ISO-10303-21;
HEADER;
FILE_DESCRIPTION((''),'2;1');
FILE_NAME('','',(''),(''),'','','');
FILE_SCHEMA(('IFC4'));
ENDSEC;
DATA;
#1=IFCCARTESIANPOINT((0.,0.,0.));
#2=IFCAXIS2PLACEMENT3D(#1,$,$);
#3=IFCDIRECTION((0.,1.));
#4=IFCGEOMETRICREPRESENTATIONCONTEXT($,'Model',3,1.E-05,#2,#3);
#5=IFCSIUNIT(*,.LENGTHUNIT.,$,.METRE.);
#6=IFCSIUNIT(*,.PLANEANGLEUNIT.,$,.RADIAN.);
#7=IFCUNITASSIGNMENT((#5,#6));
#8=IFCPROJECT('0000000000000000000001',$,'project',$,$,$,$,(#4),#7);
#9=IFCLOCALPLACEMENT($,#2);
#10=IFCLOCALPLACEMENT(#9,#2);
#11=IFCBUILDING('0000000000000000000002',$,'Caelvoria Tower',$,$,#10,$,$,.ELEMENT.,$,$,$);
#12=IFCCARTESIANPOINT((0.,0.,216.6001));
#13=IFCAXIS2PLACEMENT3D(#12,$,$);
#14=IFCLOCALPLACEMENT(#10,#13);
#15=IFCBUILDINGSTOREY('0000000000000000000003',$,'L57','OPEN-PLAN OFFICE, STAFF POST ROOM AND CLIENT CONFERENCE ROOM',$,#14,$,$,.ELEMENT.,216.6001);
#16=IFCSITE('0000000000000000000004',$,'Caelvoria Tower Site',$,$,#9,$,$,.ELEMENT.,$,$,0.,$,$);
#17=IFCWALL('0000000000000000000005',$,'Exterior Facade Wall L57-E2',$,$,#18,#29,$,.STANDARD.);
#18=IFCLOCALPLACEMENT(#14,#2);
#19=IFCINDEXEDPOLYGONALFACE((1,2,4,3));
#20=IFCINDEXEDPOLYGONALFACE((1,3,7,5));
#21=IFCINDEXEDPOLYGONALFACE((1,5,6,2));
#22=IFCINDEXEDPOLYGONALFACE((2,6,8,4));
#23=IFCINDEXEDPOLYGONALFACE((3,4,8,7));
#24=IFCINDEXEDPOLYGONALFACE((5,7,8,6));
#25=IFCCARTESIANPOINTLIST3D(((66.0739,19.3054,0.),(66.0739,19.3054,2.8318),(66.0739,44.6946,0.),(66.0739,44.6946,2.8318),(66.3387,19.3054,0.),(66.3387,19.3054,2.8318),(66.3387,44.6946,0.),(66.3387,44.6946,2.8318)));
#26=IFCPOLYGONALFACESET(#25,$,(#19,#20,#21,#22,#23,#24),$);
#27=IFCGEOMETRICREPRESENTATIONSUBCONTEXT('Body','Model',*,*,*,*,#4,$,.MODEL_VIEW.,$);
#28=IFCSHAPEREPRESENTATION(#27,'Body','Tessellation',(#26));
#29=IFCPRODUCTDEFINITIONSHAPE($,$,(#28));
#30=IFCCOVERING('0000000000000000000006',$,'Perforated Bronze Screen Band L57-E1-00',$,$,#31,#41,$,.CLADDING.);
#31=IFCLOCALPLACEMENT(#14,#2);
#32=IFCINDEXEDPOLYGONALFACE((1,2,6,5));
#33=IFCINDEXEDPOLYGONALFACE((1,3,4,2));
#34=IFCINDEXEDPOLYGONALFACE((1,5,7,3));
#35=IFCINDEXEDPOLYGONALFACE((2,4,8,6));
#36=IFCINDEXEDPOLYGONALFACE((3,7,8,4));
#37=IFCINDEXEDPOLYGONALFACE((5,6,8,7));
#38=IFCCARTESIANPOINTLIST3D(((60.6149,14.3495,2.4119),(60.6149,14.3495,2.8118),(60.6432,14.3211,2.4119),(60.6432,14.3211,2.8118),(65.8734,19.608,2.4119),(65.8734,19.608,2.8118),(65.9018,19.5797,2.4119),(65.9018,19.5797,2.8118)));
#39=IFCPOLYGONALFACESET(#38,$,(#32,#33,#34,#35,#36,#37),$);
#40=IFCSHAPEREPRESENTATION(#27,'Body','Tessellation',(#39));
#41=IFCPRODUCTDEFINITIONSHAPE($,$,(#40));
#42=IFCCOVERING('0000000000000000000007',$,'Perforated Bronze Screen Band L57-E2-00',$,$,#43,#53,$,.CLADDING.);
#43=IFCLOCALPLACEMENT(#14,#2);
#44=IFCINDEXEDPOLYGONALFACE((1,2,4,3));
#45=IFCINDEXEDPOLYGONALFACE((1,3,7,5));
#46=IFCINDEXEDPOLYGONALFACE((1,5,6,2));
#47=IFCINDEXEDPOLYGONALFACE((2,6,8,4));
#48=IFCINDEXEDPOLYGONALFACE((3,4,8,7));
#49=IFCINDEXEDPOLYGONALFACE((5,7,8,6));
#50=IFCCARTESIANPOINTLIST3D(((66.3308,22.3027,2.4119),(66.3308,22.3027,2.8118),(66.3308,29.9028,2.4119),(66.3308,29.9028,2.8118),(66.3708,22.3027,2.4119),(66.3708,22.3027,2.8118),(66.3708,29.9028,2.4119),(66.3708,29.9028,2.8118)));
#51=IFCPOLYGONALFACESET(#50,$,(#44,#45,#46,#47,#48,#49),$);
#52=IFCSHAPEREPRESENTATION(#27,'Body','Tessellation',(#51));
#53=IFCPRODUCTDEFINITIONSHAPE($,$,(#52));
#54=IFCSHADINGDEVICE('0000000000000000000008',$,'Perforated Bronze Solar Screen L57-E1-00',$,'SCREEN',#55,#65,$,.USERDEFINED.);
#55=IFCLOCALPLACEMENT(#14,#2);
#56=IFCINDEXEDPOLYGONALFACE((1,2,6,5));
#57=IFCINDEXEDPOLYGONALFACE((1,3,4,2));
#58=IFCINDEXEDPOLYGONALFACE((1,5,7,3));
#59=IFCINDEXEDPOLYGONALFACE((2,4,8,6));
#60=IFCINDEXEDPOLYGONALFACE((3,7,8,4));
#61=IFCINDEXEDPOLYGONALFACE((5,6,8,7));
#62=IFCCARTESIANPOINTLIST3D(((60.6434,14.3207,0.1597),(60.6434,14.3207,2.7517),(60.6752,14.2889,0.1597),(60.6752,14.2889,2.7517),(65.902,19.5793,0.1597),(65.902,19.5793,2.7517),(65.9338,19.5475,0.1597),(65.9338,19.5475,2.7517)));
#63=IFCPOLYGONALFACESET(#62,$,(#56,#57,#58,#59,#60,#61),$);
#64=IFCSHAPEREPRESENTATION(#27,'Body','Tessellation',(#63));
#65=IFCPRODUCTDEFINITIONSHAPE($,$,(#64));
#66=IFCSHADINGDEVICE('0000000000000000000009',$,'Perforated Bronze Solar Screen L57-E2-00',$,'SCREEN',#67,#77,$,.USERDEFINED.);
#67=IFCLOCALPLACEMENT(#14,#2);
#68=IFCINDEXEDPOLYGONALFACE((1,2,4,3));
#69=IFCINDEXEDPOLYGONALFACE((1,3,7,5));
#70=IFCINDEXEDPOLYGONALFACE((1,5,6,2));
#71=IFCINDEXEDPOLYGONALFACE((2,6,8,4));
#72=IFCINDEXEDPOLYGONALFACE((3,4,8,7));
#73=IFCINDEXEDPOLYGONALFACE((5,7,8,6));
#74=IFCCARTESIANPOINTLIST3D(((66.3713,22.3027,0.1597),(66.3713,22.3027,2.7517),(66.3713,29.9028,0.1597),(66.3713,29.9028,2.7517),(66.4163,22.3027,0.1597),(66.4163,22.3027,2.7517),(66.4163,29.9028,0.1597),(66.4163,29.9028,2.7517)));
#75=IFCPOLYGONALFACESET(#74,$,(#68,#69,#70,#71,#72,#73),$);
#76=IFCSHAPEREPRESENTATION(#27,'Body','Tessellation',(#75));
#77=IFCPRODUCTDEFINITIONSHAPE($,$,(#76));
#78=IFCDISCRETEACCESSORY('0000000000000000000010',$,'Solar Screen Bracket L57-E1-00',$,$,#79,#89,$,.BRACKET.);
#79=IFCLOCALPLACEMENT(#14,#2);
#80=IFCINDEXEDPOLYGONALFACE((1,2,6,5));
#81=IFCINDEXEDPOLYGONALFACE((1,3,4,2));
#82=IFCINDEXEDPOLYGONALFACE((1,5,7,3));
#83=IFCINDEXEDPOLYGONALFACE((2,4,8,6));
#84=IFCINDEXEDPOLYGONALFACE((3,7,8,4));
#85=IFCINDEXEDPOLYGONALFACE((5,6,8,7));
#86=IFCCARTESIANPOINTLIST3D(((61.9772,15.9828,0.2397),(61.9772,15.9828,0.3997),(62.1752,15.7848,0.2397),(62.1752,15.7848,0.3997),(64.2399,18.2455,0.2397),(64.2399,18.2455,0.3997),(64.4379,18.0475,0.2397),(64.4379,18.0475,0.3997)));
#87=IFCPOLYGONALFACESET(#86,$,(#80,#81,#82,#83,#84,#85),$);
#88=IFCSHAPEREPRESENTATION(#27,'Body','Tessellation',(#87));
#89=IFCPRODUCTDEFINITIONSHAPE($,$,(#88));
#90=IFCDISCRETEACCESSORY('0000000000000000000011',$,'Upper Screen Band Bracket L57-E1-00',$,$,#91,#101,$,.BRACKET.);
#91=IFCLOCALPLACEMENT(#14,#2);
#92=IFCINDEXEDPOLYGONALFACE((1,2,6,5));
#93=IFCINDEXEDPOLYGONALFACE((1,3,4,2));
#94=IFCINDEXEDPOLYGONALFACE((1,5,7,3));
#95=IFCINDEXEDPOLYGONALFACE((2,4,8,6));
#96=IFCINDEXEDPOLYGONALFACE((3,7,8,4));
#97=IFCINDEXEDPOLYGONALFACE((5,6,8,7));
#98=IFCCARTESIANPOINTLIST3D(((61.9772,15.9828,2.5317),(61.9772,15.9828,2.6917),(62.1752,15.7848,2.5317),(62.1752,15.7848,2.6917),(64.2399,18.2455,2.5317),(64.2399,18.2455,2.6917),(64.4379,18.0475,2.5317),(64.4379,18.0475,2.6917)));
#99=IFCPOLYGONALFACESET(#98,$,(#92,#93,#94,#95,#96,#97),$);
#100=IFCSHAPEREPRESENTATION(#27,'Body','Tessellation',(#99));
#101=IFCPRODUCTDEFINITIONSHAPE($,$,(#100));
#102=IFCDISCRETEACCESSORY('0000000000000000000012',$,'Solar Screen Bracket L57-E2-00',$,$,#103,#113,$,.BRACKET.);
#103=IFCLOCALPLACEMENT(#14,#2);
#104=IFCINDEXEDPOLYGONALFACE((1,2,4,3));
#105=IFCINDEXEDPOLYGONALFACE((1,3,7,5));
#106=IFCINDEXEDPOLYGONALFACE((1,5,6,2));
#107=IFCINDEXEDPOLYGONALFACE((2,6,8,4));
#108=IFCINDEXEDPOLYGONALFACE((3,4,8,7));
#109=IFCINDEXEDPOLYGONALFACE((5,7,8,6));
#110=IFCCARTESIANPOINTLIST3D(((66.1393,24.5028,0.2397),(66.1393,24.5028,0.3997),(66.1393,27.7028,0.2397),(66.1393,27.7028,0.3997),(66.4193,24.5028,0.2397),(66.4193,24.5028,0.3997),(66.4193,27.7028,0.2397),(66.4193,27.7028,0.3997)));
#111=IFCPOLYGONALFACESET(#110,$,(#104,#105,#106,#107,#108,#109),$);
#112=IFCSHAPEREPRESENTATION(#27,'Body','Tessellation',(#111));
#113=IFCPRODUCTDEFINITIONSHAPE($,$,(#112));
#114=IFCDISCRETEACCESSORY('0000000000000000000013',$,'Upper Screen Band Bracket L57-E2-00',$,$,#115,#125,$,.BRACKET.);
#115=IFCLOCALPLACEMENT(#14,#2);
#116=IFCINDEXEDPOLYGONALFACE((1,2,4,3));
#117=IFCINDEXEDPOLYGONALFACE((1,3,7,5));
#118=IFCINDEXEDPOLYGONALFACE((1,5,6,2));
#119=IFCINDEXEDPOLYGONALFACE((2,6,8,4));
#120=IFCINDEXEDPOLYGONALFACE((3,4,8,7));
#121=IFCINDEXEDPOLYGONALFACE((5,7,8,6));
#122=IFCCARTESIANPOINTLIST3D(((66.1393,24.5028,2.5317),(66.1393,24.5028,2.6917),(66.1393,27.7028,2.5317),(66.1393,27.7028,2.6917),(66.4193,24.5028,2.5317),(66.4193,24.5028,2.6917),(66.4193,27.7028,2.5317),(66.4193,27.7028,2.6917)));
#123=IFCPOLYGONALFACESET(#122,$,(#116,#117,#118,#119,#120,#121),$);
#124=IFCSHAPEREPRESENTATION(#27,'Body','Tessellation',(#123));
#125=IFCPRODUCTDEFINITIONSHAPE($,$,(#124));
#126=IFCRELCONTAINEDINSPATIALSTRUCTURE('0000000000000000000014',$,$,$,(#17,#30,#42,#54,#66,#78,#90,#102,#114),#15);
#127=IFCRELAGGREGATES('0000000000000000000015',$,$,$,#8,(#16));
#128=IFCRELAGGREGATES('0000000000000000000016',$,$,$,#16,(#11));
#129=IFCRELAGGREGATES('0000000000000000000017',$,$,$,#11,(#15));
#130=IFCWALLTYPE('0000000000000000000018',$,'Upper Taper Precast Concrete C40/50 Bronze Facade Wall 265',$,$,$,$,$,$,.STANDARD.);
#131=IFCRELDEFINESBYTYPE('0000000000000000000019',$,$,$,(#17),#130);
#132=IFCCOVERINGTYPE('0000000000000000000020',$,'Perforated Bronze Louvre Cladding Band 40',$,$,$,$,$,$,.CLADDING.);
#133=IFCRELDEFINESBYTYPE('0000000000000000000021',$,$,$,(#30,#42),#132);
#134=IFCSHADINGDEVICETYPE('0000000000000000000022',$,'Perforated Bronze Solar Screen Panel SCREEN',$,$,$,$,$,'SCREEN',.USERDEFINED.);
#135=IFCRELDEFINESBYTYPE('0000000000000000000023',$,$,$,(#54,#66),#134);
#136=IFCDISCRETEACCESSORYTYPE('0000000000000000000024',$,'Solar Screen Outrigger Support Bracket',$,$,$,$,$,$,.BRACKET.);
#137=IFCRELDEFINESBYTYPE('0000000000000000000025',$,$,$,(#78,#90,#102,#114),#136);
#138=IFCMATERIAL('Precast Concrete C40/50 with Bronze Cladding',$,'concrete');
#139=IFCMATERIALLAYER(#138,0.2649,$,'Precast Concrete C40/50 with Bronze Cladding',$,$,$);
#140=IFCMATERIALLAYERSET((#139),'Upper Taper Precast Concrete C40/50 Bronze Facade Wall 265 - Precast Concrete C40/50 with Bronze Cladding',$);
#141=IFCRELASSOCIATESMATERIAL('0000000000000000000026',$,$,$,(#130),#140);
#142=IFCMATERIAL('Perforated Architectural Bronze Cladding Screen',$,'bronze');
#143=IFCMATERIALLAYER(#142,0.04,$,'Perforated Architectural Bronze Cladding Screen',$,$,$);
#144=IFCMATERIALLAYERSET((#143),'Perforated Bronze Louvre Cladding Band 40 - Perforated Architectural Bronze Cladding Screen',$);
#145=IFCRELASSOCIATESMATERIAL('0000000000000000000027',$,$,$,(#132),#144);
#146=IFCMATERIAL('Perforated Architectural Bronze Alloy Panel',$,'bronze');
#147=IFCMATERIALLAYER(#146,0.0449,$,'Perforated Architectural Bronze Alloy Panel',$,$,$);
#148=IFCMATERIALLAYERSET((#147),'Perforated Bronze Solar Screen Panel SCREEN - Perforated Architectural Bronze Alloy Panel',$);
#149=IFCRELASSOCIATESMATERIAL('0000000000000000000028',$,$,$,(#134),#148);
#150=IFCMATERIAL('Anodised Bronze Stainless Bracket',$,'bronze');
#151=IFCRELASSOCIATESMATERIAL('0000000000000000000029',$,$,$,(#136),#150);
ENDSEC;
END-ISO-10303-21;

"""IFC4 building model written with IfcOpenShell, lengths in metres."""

from ifc_helpers import new_model, si_unit, direction, frame, frame_2d, origin, origin_2d, place, context, subcontext, project, spatial, rectangle, extrude, material, layer, layer_set, type_object, element, save


model = new_model("IFC4")

# Units and contexts
model_context = context("Model", 3, precision=1e-05, world=origin(), true_north=direction((0.0, 1.0)))
body_context = subcontext(model_context, "Body", "Model", "MODEL_VIEW")
ifc_project = project(units=[si_unit("LENGTHUNIT", "METRE"), si_unit("PLANEANGLEUNIT", "RADIAN")], contexts=[model_context])

# Site, building, storey
site_placement = place(None, origin())
site = spatial("IfcSite", under=ifc_project, at=site_placement, Name="Caelvoria Tower Site", CompositionType="ELEMENT", RefElevation=0.0)
building_placement = place(site_placement, origin())
building = spatial("IfcBuilding", under=site, at=building_placement, Name="Caelvoria Tower", CompositionType="ELEMENT")
storey_placement = place(building_placement, frame((0.0, 0.0, 216.6001)))
storey = spatial("IfcBuildingStorey", under=building, at=storey_placement, Name="L57", Description="OPEN-PLAN OFFICE, STAFF POST ROOM AND CLIENT CONFERENCE ROOM", CompositionType="ELEMENT", Elevation=216.6001)

# Wall
ifc_material_1 = material(Name="Precast Concrete C40/50 with Bronze Cladding", Category="concrete")
ifc_layer_1 = layer(ifc_material_1, 0.2649, Name="Precast Concrete C40/50 with Bronze Cladding")
ifc_layer_set_1 = layer_set([ifc_layer_1], Name="Upper Taper Precast Concrete C40/50 Bronze Facade Wall 265 - Precast Concrete C40/50 with Bronze Cladding")
wall_type_1 = type_object("IfcWallType", Name="Upper Taper Precast Concrete C40/50 Bronze Facade Wall 265", PredefinedType="STANDARD", material=ifc_layer_set_1)
wall_1_placement = place(storey_placement, frame((66.2063, 19.3054, 0.0), z_axis=(0.0, 0.0, 1.0), x_axis=(0.0, 1.0, 0.0)))
element("IfcWall", 1, at=wall_1_placement, inside=storey, type_object=wall_type_1, Name="Exterior Facade Wall L57-E2", PredefinedType="STANDARD", context=body_context, shape_type="SweptSolid", body=[
    extrude(rectangle(XDim=25.3892, YDim=0.2649, at=frame_2d((12.6946, 0.0))), origin(), (0.0, 0.0, 1.0), 2.8318),
])

# Coverings
ifc_material_2 = material(Name="Perforated Architectural Bronze Cladding Screen", Category="bronze")
ifc_layer_2 = layer(ifc_material_2, 0.04, Name="Perforated Architectural Bronze Cladding Screen")
ifc_layer_set_2 = layer_set([ifc_layer_2], Name="Perforated Bronze Louvre Cladding Band 40 - Perforated Architectural Bronze Cladding Screen")
covering_type = type_object("IfcCoveringType", Name="Perforated Bronze Louvre Cladding Band 40", PredefinedType="CLADDING", material=ifc_layer_set_2)
covering_1_placement = place(storey_placement, frame((63.2583, 16.9646, 2.4119), z_axis=(0.0, 0.0, 1.0), x_axis=(0.707107, 0.707107, 0.0)))
element("IfcCovering", 2, at=covering_1_placement, inside=storey, type_object=covering_type, Name="Perforated Bronze Screen Band L57-E1-00", PredefinedType="CLADDING", context=body_context, shape_type="SweptSolid", body=[
    extrude(rectangle(XDim=7.4368, YDim=0.04, at=origin_2d()), origin(), (0.0, 0.0, 1.0), 0.3999),
])
covering_2_placement = place(storey_placement, frame((66.3508, 26.1028, 2.4119), z_axis=(0.0, 0.0, 1.0), x_axis=(0.0, 1.0, 0.0)))
element("IfcCovering", 3, at=covering_2_placement, inside=storey, type_object=covering_type, Name="Perforated Bronze Screen Band L57-E2-00", PredefinedType="CLADDING", context=body_context, shape_type="SweptSolid", body=[
    extrude(rectangle(XDim=7.6001, YDim=0.04, at=origin_2d()), origin(), (0.0, 0.0, 1.0), 0.3999),
])

# Shading devices
ifc_material_3 = material(Name="Perforated Architectural Bronze Alloy Panel", Category="bronze")
ifc_layer_3 = layer(ifc_material_3, 0.0449, Name="Perforated Architectural Bronze Alloy Panel")
ifc_layer_set_3 = layer_set([ifc_layer_3], Name="Perforated Bronze Solar Screen Panel SCREEN - Perforated Architectural Bronze Alloy Panel")
shading_device_type = type_object("IfcShadingDeviceType", Name="Perforated Bronze Solar Screen Panel SCREEN", ElementType="SCREEN", PredefinedType="USERDEFINED", material=ifc_layer_set_3)
shading_device_1_placement = place(storey_placement, frame((63.2886, 16.9341, 0.1597), z_axis=(0.0, 0.0, 1.0), x_axis=(0.707107, 0.707107, 0.0)))
element("IfcShadingDevice", 4, at=shading_device_1_placement, inside=storey, type_object=shading_device_type, Name="Perforated Bronze Solar Screen L57-E1-00", ObjectType="SCREEN", PredefinedType="USERDEFINED", context=body_context, shape_type="SweptSolid", body=[
    extrude(rectangle(XDim=7.4368, YDim=0.0449, at=origin_2d()), origin(), (0.0, 0.0, 1.0), 2.592),
])
shading_device_2_placement = place(storey_placement, frame((66.3938, 26.1028, 0.1597), z_axis=(0.0, 0.0, 1.0), x_axis=(0.0, 1.0, 0.0)))
element("IfcShadingDevice", 5, at=shading_device_2_placement, inside=storey, type_object=shading_device_type, Name="Perforated Bronze Solar Screen L57-E2-00", ObjectType="SCREEN", PredefinedType="USERDEFINED", context=body_context, shape_type="SweptSolid", body=[
    extrude(rectangle(XDim=7.6001, YDim=0.0449, at=origin_2d()), origin(), (0.0, 0.0, 1.0), 2.592),
])

# Discrete accessories
ifc_material_4 = material(Name="Anodised Bronze Stainless Bracket", Category="bronze")
discrete_accessory_type = type_object("IfcDiscreteAccessoryType", Name="Solar Screen Outrigger Support Bracket", PredefinedType="BRACKET", material=ifc_material_4)
for number, where, z_axis, x_axis, name in (
    (6, (63.2075, 17.0151, 0.2397), (0.0, 0.0, 1.0), (0.707107, 0.707107, 0.0), "Solar Screen Bracket L57-E1-00"),
    (7, (63.2075, 17.0151, 2.5317), (0.0, 0.0, 1.0), (0.707107, 0.707107, 0.0), "Upper Screen Band Bracket L57-E1-00"),
    (8, (66.2793, 26.1028, 0.2397), (0.0, 0.0, 1.0), (0.0, 1.0, 0.0), "Solar Screen Bracket L57-E2-00"),
    (9, (66.2793, 26.1028, 2.5317), (0.0, 0.0, 1.0), (0.0, 1.0, 0.0), "Upper Screen Band Bracket L57-E2-00"),
):
    element("IfcDiscreteAccessory", number, at=place(storey_placement, frame(where, z_axis=z_axis, x_axis=x_axis)), inside=storey, type_object=discrete_accessory_type, Name=name, PredefinedType="BRACKET", context=body_context, shape_type="SweptSolid", body=[
        extrude(rectangle(XDim=3.2, YDim=0.28, at=origin_2d()), origin(), (0.0, 0.0, 1.0), 0.1599),
    ])

save(model, "model.ifc")
